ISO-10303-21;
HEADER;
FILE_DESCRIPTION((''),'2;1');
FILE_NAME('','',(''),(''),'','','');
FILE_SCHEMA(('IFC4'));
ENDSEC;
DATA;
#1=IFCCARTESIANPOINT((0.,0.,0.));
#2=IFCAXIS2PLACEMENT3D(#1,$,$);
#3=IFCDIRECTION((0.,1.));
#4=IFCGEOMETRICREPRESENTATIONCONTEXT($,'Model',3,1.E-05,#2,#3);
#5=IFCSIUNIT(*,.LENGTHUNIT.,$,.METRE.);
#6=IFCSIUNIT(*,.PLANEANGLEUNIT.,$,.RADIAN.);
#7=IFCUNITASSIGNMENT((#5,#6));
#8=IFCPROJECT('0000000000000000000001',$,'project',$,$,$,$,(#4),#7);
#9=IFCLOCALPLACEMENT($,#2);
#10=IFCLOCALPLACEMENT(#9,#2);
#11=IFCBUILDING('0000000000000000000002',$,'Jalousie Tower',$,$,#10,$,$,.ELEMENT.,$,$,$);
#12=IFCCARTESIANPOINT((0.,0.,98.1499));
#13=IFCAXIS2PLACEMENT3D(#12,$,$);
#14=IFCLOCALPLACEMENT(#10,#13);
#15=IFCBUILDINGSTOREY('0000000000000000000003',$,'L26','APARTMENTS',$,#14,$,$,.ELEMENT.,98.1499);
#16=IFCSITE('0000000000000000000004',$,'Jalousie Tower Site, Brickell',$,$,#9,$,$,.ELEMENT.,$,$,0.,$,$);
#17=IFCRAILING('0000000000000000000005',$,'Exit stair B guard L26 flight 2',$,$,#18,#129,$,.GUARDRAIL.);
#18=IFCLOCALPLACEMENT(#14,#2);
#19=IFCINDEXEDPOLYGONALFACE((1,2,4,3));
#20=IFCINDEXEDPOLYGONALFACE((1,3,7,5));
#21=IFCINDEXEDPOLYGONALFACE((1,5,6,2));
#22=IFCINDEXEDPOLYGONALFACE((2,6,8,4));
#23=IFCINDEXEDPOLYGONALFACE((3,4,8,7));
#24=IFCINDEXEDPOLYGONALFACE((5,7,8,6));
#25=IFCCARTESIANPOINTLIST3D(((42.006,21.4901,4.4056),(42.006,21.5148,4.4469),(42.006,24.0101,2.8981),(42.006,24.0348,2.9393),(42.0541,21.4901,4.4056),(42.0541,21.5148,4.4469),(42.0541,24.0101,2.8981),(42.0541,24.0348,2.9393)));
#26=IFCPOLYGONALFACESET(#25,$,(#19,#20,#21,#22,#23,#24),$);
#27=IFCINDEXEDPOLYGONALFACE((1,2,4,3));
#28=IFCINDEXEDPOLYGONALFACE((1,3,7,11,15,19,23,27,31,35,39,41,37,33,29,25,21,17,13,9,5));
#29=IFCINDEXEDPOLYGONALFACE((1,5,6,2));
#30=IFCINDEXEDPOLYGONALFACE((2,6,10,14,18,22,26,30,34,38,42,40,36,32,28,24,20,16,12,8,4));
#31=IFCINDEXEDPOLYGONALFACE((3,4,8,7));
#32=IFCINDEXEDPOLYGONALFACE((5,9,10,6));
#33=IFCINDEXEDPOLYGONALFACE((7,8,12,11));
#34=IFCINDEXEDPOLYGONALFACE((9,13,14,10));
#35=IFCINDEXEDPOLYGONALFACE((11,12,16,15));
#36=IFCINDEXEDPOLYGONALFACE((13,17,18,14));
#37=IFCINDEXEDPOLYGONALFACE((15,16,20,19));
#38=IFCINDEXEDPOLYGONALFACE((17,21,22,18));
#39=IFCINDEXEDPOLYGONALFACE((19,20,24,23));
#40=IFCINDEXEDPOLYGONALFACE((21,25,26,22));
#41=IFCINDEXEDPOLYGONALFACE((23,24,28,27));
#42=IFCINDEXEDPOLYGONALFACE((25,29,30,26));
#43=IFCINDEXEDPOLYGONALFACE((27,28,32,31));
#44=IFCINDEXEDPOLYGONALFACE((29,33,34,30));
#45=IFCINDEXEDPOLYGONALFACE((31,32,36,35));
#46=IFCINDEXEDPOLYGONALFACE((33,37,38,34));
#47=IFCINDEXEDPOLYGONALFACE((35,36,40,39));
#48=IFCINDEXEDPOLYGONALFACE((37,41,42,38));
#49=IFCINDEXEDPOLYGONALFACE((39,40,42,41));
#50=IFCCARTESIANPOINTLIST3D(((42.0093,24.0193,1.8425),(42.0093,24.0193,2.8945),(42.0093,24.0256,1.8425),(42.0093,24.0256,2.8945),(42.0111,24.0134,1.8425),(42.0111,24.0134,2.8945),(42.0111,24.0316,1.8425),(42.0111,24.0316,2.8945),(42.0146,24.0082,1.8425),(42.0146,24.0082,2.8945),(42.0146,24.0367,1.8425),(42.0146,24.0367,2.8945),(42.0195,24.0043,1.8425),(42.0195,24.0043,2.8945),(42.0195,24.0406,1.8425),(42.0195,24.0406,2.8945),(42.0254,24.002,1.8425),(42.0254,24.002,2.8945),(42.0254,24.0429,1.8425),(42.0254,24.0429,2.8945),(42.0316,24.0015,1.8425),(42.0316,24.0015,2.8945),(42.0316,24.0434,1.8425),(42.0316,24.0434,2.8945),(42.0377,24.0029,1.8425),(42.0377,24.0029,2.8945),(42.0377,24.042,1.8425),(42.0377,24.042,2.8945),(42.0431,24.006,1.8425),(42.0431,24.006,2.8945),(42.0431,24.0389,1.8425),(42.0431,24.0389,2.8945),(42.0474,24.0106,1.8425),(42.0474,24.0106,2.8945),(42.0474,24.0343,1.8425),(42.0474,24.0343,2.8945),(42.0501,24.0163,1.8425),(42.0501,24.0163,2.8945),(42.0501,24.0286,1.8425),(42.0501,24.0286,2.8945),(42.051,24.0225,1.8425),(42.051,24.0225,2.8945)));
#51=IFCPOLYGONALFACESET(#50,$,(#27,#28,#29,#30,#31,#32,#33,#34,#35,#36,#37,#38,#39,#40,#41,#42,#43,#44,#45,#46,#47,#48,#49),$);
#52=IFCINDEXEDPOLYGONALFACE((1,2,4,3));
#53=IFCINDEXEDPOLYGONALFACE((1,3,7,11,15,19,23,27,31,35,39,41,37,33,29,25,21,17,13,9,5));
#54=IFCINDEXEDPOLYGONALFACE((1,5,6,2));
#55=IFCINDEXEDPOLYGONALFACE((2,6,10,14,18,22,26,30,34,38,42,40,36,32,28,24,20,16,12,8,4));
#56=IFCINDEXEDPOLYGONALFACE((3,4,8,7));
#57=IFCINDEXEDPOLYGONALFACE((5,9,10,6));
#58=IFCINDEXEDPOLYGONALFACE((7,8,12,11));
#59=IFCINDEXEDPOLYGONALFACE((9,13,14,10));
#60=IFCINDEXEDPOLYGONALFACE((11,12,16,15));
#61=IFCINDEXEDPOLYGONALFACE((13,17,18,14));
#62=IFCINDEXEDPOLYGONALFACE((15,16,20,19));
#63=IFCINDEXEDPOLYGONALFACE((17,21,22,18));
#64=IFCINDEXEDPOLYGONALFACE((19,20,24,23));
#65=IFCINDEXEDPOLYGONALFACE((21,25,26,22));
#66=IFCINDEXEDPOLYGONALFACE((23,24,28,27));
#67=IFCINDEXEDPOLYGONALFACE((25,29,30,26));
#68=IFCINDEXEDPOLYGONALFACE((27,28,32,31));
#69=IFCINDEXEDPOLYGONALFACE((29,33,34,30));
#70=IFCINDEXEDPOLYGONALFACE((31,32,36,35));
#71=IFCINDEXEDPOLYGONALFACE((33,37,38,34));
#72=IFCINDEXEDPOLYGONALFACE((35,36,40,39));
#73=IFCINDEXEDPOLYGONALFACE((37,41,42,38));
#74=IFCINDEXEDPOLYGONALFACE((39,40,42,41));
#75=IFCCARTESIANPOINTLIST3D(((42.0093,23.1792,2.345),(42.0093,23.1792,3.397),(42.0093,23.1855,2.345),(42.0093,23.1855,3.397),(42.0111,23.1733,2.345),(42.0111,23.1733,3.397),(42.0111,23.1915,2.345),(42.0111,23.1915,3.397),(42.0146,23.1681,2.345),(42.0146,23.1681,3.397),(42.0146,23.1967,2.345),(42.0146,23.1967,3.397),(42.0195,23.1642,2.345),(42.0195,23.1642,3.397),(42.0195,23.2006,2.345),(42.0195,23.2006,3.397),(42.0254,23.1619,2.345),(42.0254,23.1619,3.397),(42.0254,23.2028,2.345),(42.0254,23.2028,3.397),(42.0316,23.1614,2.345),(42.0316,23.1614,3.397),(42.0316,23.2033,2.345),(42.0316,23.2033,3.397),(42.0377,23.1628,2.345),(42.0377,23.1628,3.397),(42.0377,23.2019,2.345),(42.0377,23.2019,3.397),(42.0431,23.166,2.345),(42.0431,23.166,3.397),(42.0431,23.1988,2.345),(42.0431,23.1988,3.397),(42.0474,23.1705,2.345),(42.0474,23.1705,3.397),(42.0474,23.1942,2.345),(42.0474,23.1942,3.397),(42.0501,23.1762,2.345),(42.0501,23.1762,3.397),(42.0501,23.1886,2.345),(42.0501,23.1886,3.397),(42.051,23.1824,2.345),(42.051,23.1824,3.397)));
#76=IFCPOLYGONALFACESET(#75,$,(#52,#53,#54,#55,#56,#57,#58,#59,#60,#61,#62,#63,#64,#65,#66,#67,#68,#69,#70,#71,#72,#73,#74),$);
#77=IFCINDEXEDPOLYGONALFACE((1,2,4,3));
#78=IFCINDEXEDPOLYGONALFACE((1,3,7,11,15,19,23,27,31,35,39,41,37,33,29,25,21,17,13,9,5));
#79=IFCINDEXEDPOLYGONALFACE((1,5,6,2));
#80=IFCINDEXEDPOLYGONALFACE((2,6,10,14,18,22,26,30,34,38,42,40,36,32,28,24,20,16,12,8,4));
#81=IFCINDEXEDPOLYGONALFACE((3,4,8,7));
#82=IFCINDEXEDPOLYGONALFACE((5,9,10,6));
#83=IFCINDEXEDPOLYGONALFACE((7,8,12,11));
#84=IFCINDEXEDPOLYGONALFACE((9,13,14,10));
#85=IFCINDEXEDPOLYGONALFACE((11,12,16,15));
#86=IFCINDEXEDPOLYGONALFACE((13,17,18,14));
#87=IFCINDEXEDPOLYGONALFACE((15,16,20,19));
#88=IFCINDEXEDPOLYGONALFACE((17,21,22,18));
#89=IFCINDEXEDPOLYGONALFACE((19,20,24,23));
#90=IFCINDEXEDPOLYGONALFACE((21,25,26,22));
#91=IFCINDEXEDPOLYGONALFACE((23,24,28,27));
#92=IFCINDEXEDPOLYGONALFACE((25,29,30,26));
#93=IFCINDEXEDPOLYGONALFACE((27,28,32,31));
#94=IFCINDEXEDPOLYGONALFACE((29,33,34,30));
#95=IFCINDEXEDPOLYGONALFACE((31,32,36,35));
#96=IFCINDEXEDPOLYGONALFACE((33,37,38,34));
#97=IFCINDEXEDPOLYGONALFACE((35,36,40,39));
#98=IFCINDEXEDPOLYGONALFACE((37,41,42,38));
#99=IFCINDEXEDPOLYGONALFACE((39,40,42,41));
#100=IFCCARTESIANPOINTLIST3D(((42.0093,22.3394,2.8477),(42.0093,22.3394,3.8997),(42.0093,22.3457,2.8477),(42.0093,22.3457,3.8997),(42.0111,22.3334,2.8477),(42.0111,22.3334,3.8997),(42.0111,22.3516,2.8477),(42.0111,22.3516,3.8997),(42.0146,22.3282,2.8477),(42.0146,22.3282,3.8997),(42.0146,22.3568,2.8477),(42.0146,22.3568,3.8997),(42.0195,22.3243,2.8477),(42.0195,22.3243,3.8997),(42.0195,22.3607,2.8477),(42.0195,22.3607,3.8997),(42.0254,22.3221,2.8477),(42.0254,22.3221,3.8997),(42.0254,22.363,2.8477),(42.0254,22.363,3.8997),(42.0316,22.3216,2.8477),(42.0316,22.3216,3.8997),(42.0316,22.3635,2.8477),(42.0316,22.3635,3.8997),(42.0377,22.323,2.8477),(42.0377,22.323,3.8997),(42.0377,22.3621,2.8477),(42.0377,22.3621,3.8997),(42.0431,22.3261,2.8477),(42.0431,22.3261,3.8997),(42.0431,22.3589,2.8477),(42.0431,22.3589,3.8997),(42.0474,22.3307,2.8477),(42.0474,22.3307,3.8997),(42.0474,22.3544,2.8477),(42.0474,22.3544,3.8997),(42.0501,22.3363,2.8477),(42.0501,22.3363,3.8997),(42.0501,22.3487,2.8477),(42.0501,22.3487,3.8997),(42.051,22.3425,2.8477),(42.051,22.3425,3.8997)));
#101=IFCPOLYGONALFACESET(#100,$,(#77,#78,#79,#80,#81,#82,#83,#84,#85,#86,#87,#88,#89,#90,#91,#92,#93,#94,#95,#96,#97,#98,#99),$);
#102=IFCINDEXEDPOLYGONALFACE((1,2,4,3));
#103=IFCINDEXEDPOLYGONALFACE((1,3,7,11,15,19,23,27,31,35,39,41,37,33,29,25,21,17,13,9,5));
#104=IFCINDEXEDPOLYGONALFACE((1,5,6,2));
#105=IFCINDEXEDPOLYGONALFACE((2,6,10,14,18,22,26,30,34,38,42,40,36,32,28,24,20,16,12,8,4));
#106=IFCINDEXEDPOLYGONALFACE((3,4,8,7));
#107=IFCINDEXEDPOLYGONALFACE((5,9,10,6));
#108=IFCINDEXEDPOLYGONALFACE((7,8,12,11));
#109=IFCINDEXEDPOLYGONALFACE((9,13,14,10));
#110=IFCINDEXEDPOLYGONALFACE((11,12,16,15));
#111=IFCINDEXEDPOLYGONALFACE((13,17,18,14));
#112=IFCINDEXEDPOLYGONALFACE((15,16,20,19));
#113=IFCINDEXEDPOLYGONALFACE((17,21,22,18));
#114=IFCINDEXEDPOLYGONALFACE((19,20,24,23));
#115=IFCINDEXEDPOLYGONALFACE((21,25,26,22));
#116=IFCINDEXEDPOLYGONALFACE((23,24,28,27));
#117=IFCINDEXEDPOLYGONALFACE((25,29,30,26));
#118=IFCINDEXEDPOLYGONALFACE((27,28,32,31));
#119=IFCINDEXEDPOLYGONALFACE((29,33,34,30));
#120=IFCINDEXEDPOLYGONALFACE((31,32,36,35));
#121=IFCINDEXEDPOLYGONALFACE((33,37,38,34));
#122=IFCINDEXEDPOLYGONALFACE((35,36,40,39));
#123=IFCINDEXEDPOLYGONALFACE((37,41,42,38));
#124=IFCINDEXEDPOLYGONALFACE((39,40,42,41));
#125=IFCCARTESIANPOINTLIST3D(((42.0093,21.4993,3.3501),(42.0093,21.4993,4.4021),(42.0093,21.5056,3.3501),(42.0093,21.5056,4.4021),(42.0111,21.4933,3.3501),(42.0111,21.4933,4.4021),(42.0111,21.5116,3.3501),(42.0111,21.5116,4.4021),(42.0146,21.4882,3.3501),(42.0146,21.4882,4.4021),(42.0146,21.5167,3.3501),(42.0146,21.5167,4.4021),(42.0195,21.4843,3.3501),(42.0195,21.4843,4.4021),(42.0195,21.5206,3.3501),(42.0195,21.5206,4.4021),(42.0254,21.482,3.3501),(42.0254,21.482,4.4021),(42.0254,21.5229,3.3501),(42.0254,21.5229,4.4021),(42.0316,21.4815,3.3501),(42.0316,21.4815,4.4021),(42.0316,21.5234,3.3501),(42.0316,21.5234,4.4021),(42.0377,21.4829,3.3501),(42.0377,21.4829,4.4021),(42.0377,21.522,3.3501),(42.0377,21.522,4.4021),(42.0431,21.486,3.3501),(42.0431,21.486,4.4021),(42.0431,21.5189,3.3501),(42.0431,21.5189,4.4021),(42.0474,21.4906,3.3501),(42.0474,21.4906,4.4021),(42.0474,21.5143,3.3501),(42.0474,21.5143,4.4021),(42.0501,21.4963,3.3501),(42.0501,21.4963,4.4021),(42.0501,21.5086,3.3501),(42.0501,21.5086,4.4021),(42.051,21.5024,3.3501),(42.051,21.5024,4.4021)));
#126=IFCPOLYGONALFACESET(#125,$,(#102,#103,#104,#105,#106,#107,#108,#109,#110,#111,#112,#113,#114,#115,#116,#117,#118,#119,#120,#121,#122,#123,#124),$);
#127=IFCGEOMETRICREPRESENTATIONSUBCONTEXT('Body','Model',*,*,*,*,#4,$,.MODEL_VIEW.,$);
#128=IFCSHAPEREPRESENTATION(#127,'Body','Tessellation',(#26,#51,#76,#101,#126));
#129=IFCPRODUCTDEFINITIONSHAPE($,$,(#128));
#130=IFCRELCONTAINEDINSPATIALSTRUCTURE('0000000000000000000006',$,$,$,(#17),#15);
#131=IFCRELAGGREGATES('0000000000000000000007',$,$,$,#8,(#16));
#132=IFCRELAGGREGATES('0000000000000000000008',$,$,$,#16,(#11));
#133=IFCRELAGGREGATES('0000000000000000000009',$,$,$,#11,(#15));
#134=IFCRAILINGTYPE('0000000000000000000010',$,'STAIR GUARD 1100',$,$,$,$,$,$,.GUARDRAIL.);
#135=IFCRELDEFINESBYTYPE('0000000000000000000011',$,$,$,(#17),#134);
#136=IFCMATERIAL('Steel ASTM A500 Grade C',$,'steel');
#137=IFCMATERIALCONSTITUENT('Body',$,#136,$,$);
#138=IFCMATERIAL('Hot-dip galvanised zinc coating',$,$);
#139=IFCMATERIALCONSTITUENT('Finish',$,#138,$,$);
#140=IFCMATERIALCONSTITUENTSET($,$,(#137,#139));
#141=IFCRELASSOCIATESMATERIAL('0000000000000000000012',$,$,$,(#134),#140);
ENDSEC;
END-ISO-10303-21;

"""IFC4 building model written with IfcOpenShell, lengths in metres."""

from ifc_helpers import new_model, si_unit, direction, frame, origin, origin_2d, place, context, subcontext, project, spatial, rectangle, circle, extrude, material, constituent, constituent_set, type_object, element, save


model = new_model("IFC4")

# Units and contexts
model_context = context("Model", 3, precision=1e-05, world=origin(), true_north=direction((0.0, 1.0)))
body_context = subcontext(model_context, "Body", "Model", "MODEL_VIEW")
ifc_project = project(units=[si_unit("LENGTHUNIT", "METRE"), si_unit("PLANEANGLEUNIT", "RADIAN")], contexts=[model_context])

# Site, building, storey
site_placement = place(None, origin())
site = spatial("IfcSite", under=ifc_project, at=site_placement, Name="Jalousie Tower Site, Brickell", CompositionType="ELEMENT", RefElevation=0.0)
building_placement = place(site_placement, origin())
building = spatial("IfcBuilding", under=site, at=building_placement, Name="Jalousie Tower", CompositionType="ELEMENT")
storey_placement = place(building_placement, frame((0.0, 0.0, 98.1499)))
storey = spatial("IfcBuildingStorey", under=building, at=storey_placement, Name="L26", Description="APARTMENTS", CompositionType="ELEMENT", Elevation=98.1499)

# Railing
ifc_material_1 = material(Name="Steel ASTM A500 Grade C", Category="steel")
ifc_constituent_1 = constituent(ifc_material_1, Name="Body")
ifc_material_2 = material(Name="Hot-dip galvanised zinc coating")
ifc_constituent_2 = constituent(ifc_material_2, Name="Finish")
ifc_constituent_set_1 = constituent_set(constituents=[ifc_constituent_1, ifc_constituent_2])
railing_type_1 = type_object("IfcRailingType", Name="STAIR GUARD 1100", PredefinedType="GUARDRAIL", material=ifc_constituent_set_1)
railing_1_placement = place(storey_placement, frame((42.03, 24.0225, 1.8425)))
element("IfcRailing", 1, at=railing_1_placement, inside=storey, type_object=railing_type_1, Name="Exit stair B guard L26 flight 2", PredefinedType="GUARDRAIL", context=body_context, shape_type="SweptSolid", body=[
    extrude(rectangle(XDim=0.0481, YDim=0.0481, at=origin_2d()), frame((0.0, 0.0, 1.0762), z_axis=(0.0, -0.85816, 0.513383), x_axis=(1.0, 0.0, 0.0)), (0.0, 0.0, 1.0), 2.9365),
    extrude(circle(Radius=0.021, at=origin_2d()), origin(), (0.0, 0.0, 1.0), 1.052),
    extrude(circle(Radius=0.021, at=origin_2d()), frame((0.0, -0.8401, 0.5024)), (0.0, 0.0, 1.0), 1.052),
    extrude(circle(Radius=0.021, at=origin_2d()), frame((0.0, -1.6799, 1.0051)), (0.0, 0.0, 1.0), 1.052),
    extrude(circle(Radius=0.021, at=origin_2d()), frame((0.0, -2.52, 1.5076)), (0.0, 0.0, 1.0), 1.052),
])

save(model, "model.ifc")
